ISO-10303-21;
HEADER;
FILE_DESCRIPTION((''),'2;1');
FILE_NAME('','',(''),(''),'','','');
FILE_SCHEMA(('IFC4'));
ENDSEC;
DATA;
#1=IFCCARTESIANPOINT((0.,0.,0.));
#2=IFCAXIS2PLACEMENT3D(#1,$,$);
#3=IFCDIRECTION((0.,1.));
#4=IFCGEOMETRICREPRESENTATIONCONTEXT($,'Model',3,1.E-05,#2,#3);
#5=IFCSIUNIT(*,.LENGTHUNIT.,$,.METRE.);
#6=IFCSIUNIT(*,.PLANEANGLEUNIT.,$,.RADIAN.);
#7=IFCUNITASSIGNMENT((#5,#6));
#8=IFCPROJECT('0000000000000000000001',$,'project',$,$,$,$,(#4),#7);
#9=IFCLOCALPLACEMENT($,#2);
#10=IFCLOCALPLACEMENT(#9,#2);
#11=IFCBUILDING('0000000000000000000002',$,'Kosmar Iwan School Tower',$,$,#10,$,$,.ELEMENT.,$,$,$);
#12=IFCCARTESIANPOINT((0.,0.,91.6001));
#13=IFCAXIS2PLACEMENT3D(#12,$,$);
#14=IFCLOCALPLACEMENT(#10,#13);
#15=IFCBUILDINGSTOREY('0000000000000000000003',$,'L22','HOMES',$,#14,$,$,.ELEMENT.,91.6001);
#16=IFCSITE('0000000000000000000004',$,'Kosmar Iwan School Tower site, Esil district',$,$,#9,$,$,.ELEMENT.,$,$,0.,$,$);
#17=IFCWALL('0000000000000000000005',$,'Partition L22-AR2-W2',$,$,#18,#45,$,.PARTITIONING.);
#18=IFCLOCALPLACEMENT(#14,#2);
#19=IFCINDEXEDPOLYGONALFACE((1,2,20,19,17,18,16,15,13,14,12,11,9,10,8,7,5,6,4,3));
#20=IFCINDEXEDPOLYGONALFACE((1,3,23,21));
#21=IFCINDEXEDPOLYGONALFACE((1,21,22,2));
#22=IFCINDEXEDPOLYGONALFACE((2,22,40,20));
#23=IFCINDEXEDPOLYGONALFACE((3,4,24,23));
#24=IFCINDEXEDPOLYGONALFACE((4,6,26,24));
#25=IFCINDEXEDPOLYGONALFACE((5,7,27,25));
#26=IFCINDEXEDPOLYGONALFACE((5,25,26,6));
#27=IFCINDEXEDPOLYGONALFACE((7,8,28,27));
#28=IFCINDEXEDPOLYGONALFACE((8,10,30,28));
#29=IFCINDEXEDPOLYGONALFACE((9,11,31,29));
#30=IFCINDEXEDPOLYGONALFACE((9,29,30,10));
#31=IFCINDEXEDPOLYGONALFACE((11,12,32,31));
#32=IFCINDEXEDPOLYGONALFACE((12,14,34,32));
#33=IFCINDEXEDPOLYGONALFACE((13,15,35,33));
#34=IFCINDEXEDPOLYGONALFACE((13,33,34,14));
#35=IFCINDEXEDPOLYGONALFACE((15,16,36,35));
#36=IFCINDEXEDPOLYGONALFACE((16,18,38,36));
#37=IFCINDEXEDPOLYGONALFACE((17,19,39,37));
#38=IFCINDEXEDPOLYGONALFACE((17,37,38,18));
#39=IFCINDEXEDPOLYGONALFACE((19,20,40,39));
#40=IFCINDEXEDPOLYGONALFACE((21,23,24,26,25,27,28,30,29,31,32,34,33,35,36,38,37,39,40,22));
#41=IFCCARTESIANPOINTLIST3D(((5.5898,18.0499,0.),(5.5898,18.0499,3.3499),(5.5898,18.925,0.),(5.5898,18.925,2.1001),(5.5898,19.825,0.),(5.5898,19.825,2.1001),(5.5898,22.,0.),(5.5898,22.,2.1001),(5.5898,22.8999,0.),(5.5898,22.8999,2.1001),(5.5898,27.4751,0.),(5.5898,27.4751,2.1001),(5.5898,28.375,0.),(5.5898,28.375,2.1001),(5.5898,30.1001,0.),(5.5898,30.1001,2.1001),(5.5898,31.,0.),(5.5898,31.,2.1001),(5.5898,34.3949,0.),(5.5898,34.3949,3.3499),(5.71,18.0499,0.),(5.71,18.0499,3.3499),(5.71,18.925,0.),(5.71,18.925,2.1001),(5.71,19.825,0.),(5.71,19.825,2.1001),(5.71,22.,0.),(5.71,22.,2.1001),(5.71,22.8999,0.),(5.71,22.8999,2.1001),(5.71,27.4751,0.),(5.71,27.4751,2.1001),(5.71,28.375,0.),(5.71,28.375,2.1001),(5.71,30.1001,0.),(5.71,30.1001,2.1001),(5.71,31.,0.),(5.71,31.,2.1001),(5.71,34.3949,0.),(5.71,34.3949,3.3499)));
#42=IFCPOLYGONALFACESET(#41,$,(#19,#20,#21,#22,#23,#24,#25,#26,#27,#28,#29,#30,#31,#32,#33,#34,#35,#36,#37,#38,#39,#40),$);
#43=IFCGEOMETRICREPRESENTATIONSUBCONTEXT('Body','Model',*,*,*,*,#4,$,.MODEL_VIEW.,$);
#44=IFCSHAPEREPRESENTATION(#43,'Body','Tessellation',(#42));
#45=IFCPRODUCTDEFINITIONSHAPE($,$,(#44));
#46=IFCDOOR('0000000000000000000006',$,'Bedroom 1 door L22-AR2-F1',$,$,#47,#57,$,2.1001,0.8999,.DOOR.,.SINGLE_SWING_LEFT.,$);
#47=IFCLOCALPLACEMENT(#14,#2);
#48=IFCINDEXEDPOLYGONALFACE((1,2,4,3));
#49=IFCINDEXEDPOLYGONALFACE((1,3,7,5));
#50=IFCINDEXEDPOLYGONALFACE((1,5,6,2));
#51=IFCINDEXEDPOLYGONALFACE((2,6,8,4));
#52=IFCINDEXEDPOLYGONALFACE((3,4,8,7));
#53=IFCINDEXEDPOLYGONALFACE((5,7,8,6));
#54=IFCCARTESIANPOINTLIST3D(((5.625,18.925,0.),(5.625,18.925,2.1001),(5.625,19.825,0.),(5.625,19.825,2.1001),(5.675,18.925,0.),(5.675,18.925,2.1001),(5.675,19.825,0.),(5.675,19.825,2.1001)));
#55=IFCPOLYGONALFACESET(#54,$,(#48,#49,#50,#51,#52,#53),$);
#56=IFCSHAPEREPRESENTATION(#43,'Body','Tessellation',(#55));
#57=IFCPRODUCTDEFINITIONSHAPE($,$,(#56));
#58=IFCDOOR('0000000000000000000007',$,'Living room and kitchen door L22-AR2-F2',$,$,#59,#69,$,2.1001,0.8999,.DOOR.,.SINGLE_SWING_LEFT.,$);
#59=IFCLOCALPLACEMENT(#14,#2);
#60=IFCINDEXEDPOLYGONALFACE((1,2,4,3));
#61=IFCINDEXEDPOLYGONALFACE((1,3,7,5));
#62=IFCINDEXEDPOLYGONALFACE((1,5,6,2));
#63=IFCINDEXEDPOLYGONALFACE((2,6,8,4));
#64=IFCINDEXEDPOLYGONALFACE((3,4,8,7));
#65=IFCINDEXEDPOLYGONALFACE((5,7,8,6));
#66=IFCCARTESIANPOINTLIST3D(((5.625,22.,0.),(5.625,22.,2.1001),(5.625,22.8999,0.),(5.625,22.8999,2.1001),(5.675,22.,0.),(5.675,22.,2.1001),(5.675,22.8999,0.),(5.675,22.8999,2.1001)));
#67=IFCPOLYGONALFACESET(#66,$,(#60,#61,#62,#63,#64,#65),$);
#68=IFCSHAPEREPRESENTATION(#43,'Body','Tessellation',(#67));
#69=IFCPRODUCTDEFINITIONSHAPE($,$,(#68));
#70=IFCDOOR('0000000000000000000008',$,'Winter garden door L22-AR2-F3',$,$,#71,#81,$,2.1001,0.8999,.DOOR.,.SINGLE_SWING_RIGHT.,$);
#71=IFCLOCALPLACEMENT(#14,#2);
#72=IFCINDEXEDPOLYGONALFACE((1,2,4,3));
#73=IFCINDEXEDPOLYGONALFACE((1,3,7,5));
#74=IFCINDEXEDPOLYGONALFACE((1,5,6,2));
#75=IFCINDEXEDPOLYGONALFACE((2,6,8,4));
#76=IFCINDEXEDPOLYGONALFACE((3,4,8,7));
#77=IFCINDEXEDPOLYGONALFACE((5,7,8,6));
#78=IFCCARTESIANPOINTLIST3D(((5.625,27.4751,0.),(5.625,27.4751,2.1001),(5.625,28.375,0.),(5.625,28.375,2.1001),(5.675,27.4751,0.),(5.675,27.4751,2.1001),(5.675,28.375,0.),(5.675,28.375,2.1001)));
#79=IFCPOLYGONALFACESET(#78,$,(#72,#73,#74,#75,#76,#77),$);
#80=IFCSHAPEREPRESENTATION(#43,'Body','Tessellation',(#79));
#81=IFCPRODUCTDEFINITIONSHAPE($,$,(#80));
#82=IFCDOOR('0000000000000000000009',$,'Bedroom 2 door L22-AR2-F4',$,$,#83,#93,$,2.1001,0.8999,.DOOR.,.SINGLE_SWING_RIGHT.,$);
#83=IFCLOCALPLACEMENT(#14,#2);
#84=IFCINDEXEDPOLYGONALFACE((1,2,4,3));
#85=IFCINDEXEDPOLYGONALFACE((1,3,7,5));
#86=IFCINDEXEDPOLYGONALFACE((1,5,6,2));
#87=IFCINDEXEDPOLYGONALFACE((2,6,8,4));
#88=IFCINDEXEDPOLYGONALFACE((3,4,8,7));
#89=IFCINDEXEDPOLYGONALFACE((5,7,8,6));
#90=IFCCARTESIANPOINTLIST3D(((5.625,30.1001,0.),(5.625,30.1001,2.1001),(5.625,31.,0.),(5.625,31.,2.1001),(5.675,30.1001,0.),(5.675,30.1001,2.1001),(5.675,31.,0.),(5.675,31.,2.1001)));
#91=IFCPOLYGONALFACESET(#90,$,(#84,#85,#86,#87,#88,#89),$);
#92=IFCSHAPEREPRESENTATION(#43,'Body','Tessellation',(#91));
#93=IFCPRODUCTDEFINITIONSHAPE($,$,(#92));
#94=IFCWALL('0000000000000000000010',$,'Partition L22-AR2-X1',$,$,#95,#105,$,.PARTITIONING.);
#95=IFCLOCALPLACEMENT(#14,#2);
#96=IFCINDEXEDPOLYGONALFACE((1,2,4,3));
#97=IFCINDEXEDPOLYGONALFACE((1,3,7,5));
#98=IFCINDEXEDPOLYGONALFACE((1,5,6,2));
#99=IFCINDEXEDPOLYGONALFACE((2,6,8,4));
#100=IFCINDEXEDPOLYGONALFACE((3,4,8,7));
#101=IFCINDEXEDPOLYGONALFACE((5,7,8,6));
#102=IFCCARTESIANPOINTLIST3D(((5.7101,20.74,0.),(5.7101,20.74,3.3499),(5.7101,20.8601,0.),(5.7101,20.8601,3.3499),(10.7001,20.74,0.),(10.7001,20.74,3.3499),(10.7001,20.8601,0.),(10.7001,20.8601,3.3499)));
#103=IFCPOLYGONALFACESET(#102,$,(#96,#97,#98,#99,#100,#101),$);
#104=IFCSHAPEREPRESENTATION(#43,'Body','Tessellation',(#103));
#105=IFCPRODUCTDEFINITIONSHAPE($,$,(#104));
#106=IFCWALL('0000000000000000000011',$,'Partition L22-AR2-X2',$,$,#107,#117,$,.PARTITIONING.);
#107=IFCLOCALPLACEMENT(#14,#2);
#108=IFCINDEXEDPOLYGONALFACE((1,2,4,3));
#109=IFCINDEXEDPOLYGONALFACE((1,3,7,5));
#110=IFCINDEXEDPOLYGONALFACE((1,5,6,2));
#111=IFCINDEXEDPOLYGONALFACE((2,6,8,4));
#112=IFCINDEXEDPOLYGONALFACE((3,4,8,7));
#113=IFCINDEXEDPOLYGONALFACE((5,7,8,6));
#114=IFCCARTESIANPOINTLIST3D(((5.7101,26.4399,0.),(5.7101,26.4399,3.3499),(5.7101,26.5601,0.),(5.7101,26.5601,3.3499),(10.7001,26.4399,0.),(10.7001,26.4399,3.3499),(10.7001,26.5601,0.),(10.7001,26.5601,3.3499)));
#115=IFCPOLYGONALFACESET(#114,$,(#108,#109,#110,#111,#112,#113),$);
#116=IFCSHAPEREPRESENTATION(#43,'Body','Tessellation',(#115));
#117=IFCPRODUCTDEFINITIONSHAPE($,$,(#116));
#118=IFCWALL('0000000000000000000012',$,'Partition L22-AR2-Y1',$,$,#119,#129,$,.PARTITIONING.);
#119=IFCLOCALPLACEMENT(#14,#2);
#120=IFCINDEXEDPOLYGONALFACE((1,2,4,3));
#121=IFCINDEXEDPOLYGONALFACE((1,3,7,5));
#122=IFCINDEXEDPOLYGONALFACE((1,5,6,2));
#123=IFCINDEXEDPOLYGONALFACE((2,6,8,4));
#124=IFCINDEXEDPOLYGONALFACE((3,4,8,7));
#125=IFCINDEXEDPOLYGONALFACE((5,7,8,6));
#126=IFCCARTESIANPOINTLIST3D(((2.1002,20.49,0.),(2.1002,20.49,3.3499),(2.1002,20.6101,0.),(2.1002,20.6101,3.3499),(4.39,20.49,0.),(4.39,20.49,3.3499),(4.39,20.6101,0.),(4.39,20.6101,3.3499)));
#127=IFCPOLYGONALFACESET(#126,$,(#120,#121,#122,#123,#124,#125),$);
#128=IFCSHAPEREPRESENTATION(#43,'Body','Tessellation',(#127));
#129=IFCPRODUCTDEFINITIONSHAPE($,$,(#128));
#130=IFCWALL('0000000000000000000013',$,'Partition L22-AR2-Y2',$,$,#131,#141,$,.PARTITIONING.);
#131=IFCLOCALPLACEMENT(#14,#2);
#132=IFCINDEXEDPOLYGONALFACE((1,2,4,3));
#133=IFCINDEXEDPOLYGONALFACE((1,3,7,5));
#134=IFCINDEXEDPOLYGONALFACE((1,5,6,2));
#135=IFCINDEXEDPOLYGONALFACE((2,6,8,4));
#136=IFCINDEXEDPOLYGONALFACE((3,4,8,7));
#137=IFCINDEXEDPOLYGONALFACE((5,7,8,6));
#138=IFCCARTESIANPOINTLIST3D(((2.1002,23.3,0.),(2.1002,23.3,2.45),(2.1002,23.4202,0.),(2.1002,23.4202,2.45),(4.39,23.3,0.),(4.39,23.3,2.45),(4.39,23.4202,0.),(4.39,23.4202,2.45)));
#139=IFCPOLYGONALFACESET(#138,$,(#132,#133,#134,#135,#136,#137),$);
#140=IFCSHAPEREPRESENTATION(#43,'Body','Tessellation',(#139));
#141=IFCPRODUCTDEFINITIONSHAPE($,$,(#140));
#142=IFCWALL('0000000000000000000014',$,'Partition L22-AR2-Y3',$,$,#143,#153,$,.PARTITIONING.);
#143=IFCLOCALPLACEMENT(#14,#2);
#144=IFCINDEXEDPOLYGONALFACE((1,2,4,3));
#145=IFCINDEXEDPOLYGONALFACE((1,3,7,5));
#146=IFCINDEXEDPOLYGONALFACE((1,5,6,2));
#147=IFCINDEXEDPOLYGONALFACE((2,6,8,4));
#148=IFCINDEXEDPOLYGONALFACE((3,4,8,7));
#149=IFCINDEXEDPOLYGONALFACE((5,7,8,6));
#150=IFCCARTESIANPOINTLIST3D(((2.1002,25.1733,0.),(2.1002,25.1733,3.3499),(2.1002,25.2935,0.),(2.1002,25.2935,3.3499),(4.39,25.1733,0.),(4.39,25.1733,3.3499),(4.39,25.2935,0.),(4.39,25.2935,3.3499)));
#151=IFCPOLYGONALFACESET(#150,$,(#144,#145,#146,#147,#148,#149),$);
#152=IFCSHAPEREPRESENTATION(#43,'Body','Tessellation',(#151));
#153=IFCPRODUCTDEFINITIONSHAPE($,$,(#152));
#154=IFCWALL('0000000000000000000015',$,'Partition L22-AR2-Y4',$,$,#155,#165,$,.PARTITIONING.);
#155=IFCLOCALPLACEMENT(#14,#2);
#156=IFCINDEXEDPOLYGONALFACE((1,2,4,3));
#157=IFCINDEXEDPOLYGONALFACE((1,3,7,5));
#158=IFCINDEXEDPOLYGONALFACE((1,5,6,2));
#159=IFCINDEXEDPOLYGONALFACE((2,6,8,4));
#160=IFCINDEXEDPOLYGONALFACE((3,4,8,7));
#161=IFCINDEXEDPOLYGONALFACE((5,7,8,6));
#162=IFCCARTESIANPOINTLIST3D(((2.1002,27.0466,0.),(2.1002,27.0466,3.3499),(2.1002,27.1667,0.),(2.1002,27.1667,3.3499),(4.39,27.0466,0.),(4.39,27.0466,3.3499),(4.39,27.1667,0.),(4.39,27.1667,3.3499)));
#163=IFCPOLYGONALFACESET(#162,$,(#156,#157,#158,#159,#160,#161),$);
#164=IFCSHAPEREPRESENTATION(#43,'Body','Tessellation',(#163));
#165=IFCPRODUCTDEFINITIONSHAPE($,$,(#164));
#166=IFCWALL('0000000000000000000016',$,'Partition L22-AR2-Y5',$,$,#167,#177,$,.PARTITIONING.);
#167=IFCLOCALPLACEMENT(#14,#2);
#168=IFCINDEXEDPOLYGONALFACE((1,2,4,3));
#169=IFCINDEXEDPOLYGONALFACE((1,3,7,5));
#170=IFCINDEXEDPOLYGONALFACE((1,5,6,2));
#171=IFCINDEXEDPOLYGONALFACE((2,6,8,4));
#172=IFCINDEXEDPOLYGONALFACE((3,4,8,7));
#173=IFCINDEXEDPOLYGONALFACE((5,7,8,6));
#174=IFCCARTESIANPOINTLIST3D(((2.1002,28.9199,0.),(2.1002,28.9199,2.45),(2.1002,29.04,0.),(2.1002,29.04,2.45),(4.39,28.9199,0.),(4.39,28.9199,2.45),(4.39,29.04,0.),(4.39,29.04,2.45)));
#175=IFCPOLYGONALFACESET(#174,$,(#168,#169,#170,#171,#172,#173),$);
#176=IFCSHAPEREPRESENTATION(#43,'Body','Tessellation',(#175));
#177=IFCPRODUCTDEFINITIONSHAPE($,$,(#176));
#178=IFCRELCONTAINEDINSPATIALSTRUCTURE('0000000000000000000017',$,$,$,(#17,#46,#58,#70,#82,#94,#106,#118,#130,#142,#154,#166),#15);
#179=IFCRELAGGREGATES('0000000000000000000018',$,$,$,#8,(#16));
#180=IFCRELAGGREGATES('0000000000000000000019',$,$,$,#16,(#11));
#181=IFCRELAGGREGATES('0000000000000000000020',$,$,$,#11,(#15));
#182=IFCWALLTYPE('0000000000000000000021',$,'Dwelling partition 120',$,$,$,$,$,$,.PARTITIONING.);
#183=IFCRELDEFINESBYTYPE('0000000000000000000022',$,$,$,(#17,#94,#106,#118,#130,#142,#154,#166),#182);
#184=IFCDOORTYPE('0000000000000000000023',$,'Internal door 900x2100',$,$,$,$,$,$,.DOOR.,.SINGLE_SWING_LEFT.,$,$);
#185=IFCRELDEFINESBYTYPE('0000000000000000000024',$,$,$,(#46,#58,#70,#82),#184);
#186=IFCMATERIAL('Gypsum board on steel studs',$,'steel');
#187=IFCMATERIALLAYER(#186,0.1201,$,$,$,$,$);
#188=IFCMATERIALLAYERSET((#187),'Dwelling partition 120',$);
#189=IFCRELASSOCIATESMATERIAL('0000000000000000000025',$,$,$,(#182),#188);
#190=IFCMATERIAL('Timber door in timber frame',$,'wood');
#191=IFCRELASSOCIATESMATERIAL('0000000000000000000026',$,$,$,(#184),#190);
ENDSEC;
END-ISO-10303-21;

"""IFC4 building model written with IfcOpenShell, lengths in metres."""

from ifc_helpers import new_model, si_unit, direction, frame, frame_2d, origin, place, context, subcontext, project, spatial, rectangle, extrude, material, layer, layer_set, type_object, element, fill, save


model = new_model("IFC4")

# Units and contexts
model_context = context("Model", 3, precision=1e-05, world=origin(), true_north=direction((0.0, 1.0)))
body_context = subcontext(model_context, "Body", "Model", "MODEL_VIEW")
ifc_project = project(units=[si_unit("LENGTHUNIT", "METRE"), si_unit("PLANEANGLEUNIT", "RADIAN")], contexts=[model_context])

# Site, building, storey
site_placement = place(None, origin())
site = spatial("IfcSite", under=ifc_project, at=site_placement, Name="Kosmar Iwan School Tower site, Esil district", CompositionType="ELEMENT", RefElevation=0.0)
building_placement = place(site_placement, origin())
building = spatial("IfcBuilding", under=site, at=building_placement, Name="Kosmar Iwan School Tower", CompositionType="ELEMENT")
storey_placement = place(building_placement, frame((0.0, 0.0, 91.6001)))
storey = spatial("IfcBuildingStorey", under=building, at=storey_placement, Name="L22", Description="HOMES", CompositionType="ELEMENT", Elevation=91.6001)

# Wall, openings, doors
ifc_material_1 = material(Name="Gypsum board on steel studs", Category="steel")
ifc_layer_1 = layer(ifc_material_1, 0.1201)
ifc_layer_set_1 = layer_set([ifc_layer_1], Name="Dwelling partition 120")
wall_type_1 = type_object("IfcWallType", Name="Dwelling partition 120", PredefinedType="PARTITIONING", material=ifc_layer_set_1)
wall_1_placement = place(storey_placement, frame((5.6499, 18.05, 0.0), z_axis=(0.0, 0.0, 1.0), x_axis=(0.0, 1.0, 0.0)))
wall_1 = element("IfcWall", 1, at=wall_1_placement, inside=storey, type_object=wall_type_1, Name="Partition L22-AR2-W2", PredefinedType="PARTITIONING", context=body_context, shape_type="SweptSolid", body=[
    extrude(rectangle(XDim=16.345, YDim=0.1201, at=frame_2d((8.1724, 0.0))), origin(), (0.0, 0.0, 1.0), 3.3499),
])
opening_1_placement = place(wall_1_placement, frame((0.875, 0.0, 0.0)))
opening_1 = element("IfcOpeningElement", 2, at=opening_1_placement, cuts=wall_1, PredefinedType="OPENING", context=body_context, shape_type="SweptSolid", body=[
    extrude(rectangle(XDim=0.8999, YDim=2.1001, at=frame_2d((0.45, 1.05))), frame((0.0, 0.072, 0.0), z_axis=(0.0, -1.0, 0.0), x_axis=(1.0, 0.0, 0.0)), (0.0, 0.0, 1.0), 0.144),
])
opening_2_placement = place(wall_1_placement, frame((3.95, 0.0, 0.0)))
opening_2 = element("IfcOpeningElement", 3, at=opening_2_placement, cuts=wall_1, PredefinedType="OPENING", context=body_context, shape_type="SweptSolid", body=[
    extrude(rectangle(XDim=0.8999, YDim=2.1001, at=frame_2d((0.45, 1.05))), frame((0.0, 0.072, 0.0), z_axis=(0.0, -1.0, 0.0), x_axis=(1.0, 0.0, 0.0)), (0.0, 0.0, 1.0), 0.144),
])
opening_3_placement = place(wall_1_placement, frame((9.425, 0.0, 0.0)))
opening_3 = element("IfcOpeningElement", 4, at=opening_3_placement, cuts=wall_1, PredefinedType="OPENING", context=body_context, shape_type="SweptSolid", body=[
    extrude(rectangle(XDim=0.8999, YDim=2.1001, at=frame_2d((0.45, 1.05))), frame((0.0, 0.072, 0.0), z_axis=(0.0, -1.0, 0.0), x_axis=(1.0, 0.0, 0.0)), (0.0, 0.0, 1.0), 0.144),
])
opening_4_placement = place(wall_1_placement, frame((12.05, 0.0, 0.0)))
opening_4 = element("IfcOpeningElement", 5, at=opening_4_placement, cuts=wall_1, PredefinedType="OPENING", context=body_context, shape_type="SweptSolid", body=[
    extrude(rectangle(XDim=0.8999, YDim=2.1001, at=frame_2d((0.45, 1.05))), frame((0.0, 0.072, 0.0), z_axis=(0.0, -1.0, 0.0), x_axis=(1.0, 0.0, 0.0)), (0.0, 0.0, 1.0), 0.144),
])
ifc_material_2 = material(Name="Timber door in timber frame", Category="wood")
door_type_1 = type_object("IfcDoorType", Name="Internal door 900x2100", OperationType="SINGLE_SWING_LEFT", PredefinedType="DOOR", material=ifc_material_2)
door_1_placement = place(opening_1_placement, origin())
door_1 = element("IfcDoor", 6, at=door_1_placement, inside=storey, type_object=door_type_1, Name="Bedroom 1 door L22-AR2-F1", OperationType="SINGLE_SWING_LEFT", OverallHeight=2.1001, OverallWidth=0.8999, PredefinedType="DOOR", context=body_context, shape_type="SweptSolid", body=[
    extrude(rectangle(XDim=0.8999, YDim=2.1001, at=frame_2d((0.45, 1.05))), frame((0.0, 0.0249, 0.0), z_axis=(0.0, -1.0, 0.0), x_axis=(1.0, 0.0, 0.0)), (0.0, 0.0, 1.0), 0.05),
])
fill(opening_1, door_1)
door_2_placement = place(opening_2_placement, origin())
door_2 = element("IfcDoor", 7, at=door_2_placement, inside=storey, type_object=door_type_1, Name="Living room and kitchen door L22-AR2-F2", OperationType="SINGLE_SWING_LEFT", OverallHeight=2.1001, OverallWidth=0.8999, PredefinedType="DOOR", context=body_context, shape_type="SweptSolid", body=[
    extrude(rectangle(XDim=0.8999, YDim=2.1001, at=frame_2d((0.45, 1.05))), frame((0.0, 0.0249, 0.0), z_axis=(0.0, -1.0, 0.0), x_axis=(1.0, 0.0, 0.0)), (0.0, 0.0, 1.0), 0.05),
])
fill(opening_2, door_2)
door_3_placement = place(opening_3_placement, origin())
door_3 = element("IfcDoor", 8, at=door_3_placement, inside=storey, type_object=door_type_1, Name="Winter garden door L22-AR2-F3", OperationType="SINGLE_SWING_RIGHT", OverallHeight=2.1001, OverallWidth=0.8999, PredefinedType="DOOR", context=body_context, shape_type="SweptSolid", body=[
    extrude(rectangle(XDim=0.8999, YDim=2.1001, at=frame_2d((0.45, 1.05))), frame((0.0, 0.0249, 0.0), z_axis=(0.0, -1.0, 0.0), x_axis=(1.0, 0.0, 0.0)), (0.0, 0.0, 1.0), 0.05),
])
fill(opening_3, door_3)
door_4_placement = place(opening_4_placement, origin())
door_4 = element("IfcDoor", 9, at=door_4_placement, inside=storey, type_object=door_type_1, Name="Bedroom 2 door L22-AR2-F4", OperationType="SINGLE_SWING_RIGHT", OverallHeight=2.1001, OverallWidth=0.8999, PredefinedType="DOOR", context=body_context, shape_type="SweptSolid", body=[
    extrude(rectangle(XDim=0.8999, YDim=2.1001, at=frame_2d((0.45, 1.05))), frame((0.0, 0.0249, 0.0), z_axis=(0.0, -1.0, 0.0), x_axis=(1.0, 0.0, 0.0)), (0.0, 0.0, 1.0), 0.05),
])
fill(opening_4, door_4)

# Walls
for number, where, z_axis, x_axis, name in (
    (10, (5.71, 20.8, 0.0), (0.0, 0.0, 1.0), (1.0, 0.0, 0.0), "Partition L22-AR2-X1"),
    (11, (5.71, 26.5, 0.0), (0.0, 0.0, 1.0), (1.0, 0.0, 0.0), "Partition L22-AR2-X2"),
):
    element("IfcWall", number, at=place(storey_placement, frame(where, z_axis=z_axis, x_axis=x_axis)), inside=storey, type_object=wall_type_1, Name=name, PredefinedType="PARTITIONING", context=body_context, shape_type="SweptSolid", body=[
        extrude(rectangle(XDim=4.99, YDim=0.1201, at=frame_2d((2.4951, 0.0))), origin(), (0.0, 0.0, 1.0), 3.3499),
    ])
wall_2_placement = place(storey_placement, frame((2.1001, 20.55, 0.0), z_axis=(0.0, 0.0, 1.0), x_axis=(1.0, 0.0, 0.0)))
element("IfcWall", 12, at=wall_2_placement, inside=storey, type_object=wall_type_1, Name="Partition L22-AR2-Y1", PredefinedType="PARTITIONING", context=body_context, shape_type="SweptSolid", body=[
    extrude(rectangle(XDim=2.2898, YDim=0.1201, at=frame_2d((1.145, 0.0))), origin(), (0.0, 0.0, 1.0), 3.3499),
])
wall_3_placement = place(storey_placement, frame((2.1001, 23.3601, 0.0), z_axis=(0.0, 0.0, 1.0), x_axis=(1.0, 0.0, 0.0)))
element("IfcWall", 13, at=wall_3_placement, inside=storey, type_object=wall_type_1, Name="Partition L22-AR2-Y2", PredefinedType="PARTITIONING", context=body_context, shape_type="SweptSolid", body=[
    extrude(rectangle(XDim=2.2898, YDim=0.1201, at=frame_2d((1.145, 0.0))), origin(), (0.0, 0.0, 1.0), 2.45),
])
for number, where, z_axis, x_axis, name in (
    (14, (2.1001, 25.2334, 0.0), (0.0, 0.0, 1.0), (1.0, 0.0, 0.0), "Partition L22-AR2-Y3"),
    (15, (2.1001, 27.1067, 0.0), (0.0, 0.0, 1.0), (1.0, 0.0, 0.0), "Partition L22-AR2-Y4"),
):
    element("IfcWall", number, at=place(storey_placement, frame(where, z_axis=z_axis, x_axis=x_axis)), inside=storey, type_object=wall_type_1, Name=name, PredefinedType="PARTITIONING", context=body_context, shape_type="SweptSolid", body=[
        extrude(rectangle(XDim=2.2898, YDim=0.1201, at=frame_2d((1.145, 0.0))), origin(), (0.0, 0.0, 1.0), 3.3499),
    ])
wall_4_placement = place(storey_placement, frame((2.1001, 28.98, 0.0), z_axis=(0.0, 0.0, 1.0), x_axis=(1.0, 0.0, 0.0)))
element("IfcWall", 16, at=wall_4_placement, inside=storey, type_object=wall_type_1, Name="Partition L22-AR2-Y5", PredefinedType="PARTITIONING", context=body_context, shape_type="SweptSolid", body=[
    extrude(rectangle(XDim=2.2898, YDim=0.1201, at=frame_2d((1.145, 0.0))), origin(), (0.0, 0.0, 1.0), 2.45),
])

save(model, "model.ifc")
